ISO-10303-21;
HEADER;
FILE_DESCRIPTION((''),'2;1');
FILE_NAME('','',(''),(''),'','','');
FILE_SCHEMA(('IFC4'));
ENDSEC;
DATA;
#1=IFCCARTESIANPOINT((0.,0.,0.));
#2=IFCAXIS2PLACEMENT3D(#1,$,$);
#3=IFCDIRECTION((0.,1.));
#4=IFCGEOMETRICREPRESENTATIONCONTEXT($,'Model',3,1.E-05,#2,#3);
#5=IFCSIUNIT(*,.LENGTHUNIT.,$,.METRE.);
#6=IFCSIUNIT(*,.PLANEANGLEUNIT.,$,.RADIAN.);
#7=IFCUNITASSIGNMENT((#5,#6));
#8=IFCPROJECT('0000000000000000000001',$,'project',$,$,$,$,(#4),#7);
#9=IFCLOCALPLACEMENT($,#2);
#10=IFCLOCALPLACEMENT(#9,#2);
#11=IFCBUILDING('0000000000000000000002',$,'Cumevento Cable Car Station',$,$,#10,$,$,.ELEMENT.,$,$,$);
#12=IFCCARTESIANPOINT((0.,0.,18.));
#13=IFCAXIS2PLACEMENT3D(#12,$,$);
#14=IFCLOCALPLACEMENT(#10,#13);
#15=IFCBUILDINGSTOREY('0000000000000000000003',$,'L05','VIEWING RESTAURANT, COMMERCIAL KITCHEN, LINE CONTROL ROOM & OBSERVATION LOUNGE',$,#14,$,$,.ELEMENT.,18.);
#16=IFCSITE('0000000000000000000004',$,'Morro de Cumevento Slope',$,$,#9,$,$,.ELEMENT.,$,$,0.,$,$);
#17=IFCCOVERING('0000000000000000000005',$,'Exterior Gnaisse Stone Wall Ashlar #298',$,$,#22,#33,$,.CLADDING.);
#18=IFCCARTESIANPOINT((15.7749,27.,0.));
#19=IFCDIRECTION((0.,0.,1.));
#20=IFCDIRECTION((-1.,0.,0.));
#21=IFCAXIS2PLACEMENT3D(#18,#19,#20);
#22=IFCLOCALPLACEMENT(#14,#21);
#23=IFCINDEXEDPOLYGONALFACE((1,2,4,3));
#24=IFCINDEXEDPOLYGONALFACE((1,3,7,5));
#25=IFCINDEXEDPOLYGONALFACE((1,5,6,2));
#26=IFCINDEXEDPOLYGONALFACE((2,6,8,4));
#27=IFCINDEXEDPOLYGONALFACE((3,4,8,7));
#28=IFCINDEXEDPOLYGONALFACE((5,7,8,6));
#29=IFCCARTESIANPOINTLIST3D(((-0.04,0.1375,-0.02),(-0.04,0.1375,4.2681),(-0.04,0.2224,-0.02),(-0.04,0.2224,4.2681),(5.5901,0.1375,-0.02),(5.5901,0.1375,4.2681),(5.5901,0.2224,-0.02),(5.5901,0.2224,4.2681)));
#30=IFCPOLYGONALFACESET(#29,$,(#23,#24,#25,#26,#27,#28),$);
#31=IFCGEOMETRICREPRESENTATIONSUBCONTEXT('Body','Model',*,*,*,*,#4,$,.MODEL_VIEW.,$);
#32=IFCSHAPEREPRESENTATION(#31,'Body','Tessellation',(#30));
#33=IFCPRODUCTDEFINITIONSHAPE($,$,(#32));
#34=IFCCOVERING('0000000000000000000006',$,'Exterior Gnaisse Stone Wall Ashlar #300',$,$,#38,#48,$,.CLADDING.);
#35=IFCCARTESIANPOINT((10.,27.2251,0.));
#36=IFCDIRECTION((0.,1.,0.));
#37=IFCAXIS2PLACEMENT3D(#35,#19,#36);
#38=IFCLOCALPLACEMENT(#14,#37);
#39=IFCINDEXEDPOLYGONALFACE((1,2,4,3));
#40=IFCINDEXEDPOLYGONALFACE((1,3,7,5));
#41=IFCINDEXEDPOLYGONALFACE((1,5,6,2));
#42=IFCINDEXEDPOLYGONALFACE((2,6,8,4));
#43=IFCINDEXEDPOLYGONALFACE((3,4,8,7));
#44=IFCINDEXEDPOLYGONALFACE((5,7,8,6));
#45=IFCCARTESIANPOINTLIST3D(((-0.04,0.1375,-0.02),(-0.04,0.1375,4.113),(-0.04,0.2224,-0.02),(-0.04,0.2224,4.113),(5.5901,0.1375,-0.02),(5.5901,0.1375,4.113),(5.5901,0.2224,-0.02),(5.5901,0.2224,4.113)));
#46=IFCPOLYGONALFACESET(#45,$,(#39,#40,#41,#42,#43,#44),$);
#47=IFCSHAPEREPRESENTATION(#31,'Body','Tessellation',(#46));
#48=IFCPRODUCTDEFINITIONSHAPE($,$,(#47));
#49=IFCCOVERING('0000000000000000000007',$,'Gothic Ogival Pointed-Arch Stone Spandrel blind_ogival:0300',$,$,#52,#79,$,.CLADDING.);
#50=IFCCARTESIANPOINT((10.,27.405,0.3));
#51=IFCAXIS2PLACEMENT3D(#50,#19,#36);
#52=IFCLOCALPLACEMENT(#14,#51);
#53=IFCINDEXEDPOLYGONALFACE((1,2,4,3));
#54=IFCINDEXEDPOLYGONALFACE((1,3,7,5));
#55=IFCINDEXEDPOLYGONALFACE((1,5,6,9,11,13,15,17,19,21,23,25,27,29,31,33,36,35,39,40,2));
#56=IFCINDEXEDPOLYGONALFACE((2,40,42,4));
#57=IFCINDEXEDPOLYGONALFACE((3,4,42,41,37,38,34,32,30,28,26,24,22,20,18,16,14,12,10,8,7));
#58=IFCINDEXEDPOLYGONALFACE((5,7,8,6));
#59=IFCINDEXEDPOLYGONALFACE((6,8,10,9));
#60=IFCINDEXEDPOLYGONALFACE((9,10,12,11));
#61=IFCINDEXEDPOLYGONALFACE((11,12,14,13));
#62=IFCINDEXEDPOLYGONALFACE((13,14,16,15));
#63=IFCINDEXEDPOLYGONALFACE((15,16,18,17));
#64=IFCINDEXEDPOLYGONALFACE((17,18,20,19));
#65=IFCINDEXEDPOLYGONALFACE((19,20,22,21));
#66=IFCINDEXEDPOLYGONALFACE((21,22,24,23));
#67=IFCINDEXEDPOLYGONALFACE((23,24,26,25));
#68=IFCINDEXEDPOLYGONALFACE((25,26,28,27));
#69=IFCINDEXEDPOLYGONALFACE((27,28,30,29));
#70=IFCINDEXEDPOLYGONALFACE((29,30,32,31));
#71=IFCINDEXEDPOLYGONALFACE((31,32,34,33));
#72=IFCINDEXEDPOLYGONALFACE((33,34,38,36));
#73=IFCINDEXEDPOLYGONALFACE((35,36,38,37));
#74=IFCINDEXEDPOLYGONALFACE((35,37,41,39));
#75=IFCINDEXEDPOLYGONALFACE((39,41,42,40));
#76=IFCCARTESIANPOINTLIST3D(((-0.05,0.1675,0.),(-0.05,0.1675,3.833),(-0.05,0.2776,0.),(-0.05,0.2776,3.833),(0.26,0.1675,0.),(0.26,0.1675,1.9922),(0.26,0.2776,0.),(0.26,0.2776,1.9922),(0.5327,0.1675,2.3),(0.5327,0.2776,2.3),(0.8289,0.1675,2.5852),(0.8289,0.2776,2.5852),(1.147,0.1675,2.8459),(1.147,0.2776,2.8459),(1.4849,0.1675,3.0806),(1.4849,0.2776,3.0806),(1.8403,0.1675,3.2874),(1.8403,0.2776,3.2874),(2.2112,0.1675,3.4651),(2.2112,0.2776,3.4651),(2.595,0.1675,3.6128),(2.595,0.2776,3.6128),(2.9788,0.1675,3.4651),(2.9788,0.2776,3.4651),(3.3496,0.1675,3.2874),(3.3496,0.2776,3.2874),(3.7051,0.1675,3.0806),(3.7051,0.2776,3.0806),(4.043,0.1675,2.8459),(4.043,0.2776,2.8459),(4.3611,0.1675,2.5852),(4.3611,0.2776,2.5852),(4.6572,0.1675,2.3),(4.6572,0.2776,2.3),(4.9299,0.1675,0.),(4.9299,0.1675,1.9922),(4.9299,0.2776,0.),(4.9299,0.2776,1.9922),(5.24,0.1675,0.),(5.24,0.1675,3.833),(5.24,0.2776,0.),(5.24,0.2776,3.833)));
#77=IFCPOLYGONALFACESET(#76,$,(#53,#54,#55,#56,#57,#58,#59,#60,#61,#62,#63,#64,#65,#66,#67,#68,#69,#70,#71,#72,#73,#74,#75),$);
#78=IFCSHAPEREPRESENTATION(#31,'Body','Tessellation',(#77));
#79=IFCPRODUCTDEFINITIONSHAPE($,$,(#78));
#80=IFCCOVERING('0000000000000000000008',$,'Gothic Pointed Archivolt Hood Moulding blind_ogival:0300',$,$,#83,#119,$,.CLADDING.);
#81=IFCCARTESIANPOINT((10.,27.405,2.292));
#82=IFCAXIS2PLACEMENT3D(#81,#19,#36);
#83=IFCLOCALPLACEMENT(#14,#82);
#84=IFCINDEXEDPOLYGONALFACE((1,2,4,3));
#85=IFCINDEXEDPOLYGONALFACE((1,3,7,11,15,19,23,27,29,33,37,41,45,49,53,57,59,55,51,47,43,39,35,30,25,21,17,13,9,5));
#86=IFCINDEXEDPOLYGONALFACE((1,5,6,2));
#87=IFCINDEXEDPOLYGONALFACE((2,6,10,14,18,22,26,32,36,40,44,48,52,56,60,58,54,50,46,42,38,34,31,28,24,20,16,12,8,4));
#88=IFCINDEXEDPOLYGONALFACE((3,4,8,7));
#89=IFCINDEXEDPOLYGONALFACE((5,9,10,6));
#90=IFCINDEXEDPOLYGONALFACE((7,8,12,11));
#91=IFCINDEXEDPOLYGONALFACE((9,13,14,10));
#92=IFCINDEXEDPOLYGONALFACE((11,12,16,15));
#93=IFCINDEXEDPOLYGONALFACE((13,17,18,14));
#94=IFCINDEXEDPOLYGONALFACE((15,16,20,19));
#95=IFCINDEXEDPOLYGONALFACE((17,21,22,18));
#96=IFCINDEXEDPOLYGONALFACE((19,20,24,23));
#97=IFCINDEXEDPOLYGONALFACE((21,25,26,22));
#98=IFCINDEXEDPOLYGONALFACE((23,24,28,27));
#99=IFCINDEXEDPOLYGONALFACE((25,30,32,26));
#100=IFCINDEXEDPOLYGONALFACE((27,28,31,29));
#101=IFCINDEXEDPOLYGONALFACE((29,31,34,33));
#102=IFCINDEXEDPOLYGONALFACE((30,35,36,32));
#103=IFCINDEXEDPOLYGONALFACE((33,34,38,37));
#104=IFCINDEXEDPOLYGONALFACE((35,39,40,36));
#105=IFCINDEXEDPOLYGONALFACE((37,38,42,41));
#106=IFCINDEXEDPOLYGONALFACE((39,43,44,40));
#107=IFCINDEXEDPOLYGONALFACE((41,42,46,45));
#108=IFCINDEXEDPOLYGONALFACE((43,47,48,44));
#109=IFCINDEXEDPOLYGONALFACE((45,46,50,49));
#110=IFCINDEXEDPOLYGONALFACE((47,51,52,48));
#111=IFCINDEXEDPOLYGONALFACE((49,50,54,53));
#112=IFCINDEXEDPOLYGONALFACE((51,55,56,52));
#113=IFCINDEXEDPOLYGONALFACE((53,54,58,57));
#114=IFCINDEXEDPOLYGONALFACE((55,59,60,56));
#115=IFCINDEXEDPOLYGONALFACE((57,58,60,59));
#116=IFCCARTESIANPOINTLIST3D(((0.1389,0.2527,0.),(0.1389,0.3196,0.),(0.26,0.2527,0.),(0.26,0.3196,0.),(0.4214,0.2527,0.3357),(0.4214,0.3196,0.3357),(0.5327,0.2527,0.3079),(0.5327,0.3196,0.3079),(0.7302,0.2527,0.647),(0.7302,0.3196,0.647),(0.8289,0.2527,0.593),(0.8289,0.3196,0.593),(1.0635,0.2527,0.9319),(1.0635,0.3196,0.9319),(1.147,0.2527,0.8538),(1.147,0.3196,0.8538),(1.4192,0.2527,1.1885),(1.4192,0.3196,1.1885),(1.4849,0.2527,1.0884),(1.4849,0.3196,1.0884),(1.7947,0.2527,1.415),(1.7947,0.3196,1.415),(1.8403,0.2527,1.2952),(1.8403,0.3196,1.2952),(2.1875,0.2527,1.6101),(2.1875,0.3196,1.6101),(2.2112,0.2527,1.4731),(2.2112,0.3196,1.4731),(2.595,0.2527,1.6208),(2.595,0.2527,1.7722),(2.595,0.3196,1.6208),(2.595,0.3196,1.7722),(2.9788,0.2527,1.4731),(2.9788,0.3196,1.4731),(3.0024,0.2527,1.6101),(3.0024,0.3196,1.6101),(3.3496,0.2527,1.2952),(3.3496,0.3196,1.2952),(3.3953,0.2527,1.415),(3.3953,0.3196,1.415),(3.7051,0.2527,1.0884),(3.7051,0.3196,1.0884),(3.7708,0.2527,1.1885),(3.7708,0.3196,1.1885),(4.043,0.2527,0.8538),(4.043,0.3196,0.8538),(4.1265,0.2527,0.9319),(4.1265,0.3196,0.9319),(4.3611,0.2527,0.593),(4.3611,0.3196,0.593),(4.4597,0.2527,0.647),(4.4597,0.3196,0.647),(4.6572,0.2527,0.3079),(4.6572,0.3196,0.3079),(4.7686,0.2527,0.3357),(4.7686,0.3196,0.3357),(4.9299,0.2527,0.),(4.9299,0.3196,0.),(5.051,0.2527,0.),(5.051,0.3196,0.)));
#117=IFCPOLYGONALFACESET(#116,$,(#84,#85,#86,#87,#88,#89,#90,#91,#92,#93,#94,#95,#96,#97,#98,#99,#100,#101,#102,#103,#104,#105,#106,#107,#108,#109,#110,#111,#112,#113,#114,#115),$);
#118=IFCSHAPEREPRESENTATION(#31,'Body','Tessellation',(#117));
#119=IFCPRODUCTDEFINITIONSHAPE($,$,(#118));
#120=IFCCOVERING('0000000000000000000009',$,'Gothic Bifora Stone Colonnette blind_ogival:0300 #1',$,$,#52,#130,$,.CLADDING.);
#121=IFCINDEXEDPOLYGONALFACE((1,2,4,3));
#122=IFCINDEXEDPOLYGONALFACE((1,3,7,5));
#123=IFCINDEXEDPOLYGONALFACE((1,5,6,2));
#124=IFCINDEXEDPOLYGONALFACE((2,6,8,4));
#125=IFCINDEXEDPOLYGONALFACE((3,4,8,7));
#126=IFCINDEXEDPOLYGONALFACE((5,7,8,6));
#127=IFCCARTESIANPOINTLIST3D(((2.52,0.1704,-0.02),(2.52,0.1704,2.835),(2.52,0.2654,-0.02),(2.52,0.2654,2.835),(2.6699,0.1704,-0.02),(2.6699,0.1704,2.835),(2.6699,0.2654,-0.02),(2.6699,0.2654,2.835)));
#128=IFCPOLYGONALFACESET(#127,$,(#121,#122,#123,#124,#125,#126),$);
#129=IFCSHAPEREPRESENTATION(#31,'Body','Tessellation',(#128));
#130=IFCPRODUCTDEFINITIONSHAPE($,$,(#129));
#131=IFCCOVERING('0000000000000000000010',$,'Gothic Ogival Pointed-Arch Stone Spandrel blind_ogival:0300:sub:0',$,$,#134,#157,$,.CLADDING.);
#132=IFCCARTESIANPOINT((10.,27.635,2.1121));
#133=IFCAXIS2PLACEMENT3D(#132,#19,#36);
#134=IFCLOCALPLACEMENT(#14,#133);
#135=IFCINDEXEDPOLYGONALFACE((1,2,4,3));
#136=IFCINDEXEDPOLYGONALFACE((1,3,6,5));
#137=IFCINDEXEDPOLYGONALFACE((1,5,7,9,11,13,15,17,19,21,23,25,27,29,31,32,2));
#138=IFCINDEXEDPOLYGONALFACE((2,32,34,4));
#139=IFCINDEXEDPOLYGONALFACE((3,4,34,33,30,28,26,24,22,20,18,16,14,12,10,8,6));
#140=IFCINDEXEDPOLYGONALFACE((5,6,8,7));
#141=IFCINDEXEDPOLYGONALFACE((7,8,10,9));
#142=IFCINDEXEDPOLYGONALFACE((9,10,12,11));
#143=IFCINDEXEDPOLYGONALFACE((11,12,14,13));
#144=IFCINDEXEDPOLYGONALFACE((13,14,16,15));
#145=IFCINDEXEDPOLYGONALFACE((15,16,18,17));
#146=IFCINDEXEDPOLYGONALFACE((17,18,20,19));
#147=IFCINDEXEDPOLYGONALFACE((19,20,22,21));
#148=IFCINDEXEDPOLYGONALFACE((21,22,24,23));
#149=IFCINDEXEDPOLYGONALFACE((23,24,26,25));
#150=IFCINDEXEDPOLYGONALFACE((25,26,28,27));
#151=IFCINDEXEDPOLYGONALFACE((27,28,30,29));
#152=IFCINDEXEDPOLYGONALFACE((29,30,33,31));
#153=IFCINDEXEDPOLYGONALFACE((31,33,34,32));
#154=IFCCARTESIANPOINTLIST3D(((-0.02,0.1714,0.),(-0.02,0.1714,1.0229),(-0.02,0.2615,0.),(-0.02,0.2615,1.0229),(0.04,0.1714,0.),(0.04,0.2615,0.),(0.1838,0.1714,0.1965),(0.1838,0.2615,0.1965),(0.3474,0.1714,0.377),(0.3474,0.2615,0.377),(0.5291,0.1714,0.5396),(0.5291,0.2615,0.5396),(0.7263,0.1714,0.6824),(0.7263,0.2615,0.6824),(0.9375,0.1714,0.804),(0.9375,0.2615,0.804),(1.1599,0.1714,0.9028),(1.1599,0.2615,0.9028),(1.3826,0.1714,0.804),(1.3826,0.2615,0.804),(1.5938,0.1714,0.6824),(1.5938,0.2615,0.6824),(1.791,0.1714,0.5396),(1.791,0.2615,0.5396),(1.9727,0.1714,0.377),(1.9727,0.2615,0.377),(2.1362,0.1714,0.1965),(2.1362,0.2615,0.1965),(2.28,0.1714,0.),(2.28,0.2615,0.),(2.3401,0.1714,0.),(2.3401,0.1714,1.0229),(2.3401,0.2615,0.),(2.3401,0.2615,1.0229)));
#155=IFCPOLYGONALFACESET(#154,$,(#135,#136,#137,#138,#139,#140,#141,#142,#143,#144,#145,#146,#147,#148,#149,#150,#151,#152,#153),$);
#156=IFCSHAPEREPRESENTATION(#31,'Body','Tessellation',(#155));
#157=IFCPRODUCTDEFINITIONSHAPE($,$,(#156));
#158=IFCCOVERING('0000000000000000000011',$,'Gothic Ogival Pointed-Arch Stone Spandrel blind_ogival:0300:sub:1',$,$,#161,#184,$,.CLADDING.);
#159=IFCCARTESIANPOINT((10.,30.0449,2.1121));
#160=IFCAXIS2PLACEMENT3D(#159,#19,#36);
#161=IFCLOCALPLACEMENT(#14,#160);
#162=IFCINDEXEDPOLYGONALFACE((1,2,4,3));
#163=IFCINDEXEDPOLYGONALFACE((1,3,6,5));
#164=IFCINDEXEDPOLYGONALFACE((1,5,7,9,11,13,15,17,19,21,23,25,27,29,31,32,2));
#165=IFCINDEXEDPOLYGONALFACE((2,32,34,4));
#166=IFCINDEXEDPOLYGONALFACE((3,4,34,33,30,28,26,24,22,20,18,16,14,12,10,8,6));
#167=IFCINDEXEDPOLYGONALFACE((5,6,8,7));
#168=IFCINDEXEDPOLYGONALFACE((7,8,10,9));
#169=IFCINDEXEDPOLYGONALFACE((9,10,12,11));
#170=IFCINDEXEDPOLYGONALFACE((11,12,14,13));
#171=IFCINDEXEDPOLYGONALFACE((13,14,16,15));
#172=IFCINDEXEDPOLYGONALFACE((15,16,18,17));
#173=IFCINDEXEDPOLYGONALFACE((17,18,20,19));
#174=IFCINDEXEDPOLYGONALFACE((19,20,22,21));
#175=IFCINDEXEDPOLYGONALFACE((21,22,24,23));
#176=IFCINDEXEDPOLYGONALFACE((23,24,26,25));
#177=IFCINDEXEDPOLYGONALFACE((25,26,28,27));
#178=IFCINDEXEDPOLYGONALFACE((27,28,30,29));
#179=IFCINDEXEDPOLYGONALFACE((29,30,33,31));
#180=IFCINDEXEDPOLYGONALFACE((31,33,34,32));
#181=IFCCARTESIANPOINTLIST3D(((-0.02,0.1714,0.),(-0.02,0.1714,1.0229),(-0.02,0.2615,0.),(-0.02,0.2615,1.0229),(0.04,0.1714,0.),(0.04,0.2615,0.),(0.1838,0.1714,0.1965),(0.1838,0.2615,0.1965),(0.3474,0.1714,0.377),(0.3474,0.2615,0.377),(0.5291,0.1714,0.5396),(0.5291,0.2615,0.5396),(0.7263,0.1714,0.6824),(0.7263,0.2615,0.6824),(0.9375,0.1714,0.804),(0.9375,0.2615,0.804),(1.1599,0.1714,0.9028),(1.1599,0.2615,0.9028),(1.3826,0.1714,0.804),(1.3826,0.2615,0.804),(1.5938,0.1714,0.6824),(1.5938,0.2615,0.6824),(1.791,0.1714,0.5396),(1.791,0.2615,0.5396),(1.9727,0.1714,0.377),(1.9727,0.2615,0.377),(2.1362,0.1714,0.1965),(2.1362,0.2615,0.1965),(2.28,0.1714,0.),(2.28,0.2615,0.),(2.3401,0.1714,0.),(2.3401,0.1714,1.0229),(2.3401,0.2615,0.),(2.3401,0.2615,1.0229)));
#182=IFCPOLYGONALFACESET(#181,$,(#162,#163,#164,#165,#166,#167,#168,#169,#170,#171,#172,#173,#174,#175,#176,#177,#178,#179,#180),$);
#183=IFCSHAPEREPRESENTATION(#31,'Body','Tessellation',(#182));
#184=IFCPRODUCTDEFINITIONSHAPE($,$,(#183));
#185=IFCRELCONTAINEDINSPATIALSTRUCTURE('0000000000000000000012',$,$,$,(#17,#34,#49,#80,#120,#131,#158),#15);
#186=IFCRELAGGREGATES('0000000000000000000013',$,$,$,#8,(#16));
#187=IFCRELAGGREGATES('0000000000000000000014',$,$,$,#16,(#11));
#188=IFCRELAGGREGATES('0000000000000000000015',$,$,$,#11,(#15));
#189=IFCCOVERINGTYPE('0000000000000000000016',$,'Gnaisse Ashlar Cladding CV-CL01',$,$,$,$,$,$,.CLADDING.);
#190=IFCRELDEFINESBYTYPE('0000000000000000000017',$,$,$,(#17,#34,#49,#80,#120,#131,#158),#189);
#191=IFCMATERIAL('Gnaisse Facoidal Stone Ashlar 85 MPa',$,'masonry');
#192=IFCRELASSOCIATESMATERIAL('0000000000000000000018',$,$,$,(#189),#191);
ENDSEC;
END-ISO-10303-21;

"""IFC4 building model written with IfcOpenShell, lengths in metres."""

from ifc_helpers import new_model, si_unit, direction, frame, origin, place, context, subcontext, project, spatial, polyline, outline, extrude, material, type_object, element, save


model = new_model("IFC4")

# Units and contexts
model_context = context("Model", 3, precision=1e-05, world=origin(), true_north=direction((0.0, 1.0)))
body_context = subcontext(model_context, "Body", "Model", "MODEL_VIEW")
ifc_project = project(units=[si_unit("LENGTHUNIT", "METRE"), si_unit("PLANEANGLEUNIT", "RADIAN")], contexts=[model_context])

# Site, building, storey
site_placement = place(None, origin())
site = spatial("IfcSite", under=ifc_project, at=site_placement, Name="Morro de Cumevento Slope", CompositionType="ELEMENT", RefElevation=0.0)
building_placement = place(site_placement, origin())
building = spatial("IfcBuilding", under=site, at=building_placement, Name="Cumevento Cable Car Station", CompositionType="ELEMENT")
storey_placement = place(building_placement, frame((0.0, 0.0, 18.0)))
storey = spatial("IfcBuildingStorey", under=building, at=storey_placement, Name="L05", Description="VIEWING RESTAURANT, COMMERCIAL KITCHEN, LINE CONTROL ROOM & OBSERVATION LOUNGE", CompositionType="ELEMENT", Elevation=18.0)

# Coverings
ifc_material_1 = material(Name="Gnaisse Facoidal Stone Ashlar 85 MPa", Category="masonry")
covering_type = type_object("IfcCoveringType", Name="Gnaisse Ashlar Cladding CV-CL01", PredefinedType="CLADDING", material=ifc_material_1)
covering_1_placement = place(storey_placement, frame((15.7749, 27.0, 0.0), z_axis=(0.0, 0.0, 1.0), x_axis=(-1.0, 0.0, 0.0)))
element("IfcCovering", 1, at=covering_1_placement, inside=storey, type_object=covering_type, Name="Exterior Gnaisse Stone Wall Ashlar #298", PredefinedType="CLADDING", context=body_context, shape_type="SweptSolid", body=[
    extrude(outline(polyline([(-0.04, -0.02), (5.5901, -0.02), (5.5901, 4.2681), (-0.04, 4.2681), (-0.04, -0.02)])), frame((0.0, 0.2224, 0.0), z_axis=(0.0, -1.0, 0.0), x_axis=(1.0, 0.0, 0.0)), (0.0, 0.0, 1.0), 0.085),
])
covering_2_placement = place(storey_placement, frame((10.0, 27.2251, 0.0), z_axis=(0.0, 0.0, 1.0), x_axis=(0.0, 1.0, 0.0)))
element("IfcCovering", 2, at=covering_2_placement, inside=storey, type_object=covering_type, Name="Exterior Gnaisse Stone Wall Ashlar #300", PredefinedType="CLADDING", context=body_context, shape_type="SweptSolid", body=[
    extrude(outline(polyline([(-0.04, -0.02), (5.5901, -0.02), (5.5901, 4.113), (-0.04, 4.113), (-0.04, -0.02)])), frame((0.0, 0.2224, 0.0), z_axis=(0.0, -1.0, 0.0), x_axis=(1.0, 0.0, 0.0)), (0.0, 0.0, 1.0), 0.085),
])
placement = place(storey_placement, frame((10.0, 27.405, 0.3), z_axis=(0.0, 0.0, 1.0), x_axis=(0.0, 1.0, 0.0)))
element("IfcCovering", 3, at=placement, inside=storey, type_object=covering_type, Name="Gothic Ogival Pointed-Arch Stone Spandrel blind_ogival:0300", PredefinedType="CLADDING", context=body_context, shape_type="SweptSolid", body=[
    extrude(outline(polyline([(-0.05, 0.0), (-0.05, 3.833), (5.24, 3.833), (5.24, 0.0), (4.9299, 0.0), (4.9299, 1.9922), (4.6572, 2.3), (4.3611, 2.5852), (4.043, 2.8459), (3.7051, 3.0806), (3.3496, 3.2874), (2.9788, 3.4651), (2.595, 3.6128), (2.2112, 3.4651), (1.8403, 3.2874), (1.4849, 3.0806), (1.147, 2.8459), (0.8289, 2.5852), (0.5327, 2.3), (0.26, 1.9922), (0.26, 0.0), (-0.05, 0.0)])), frame((0.0, 0.2776, 0.0), z_axis=(0.0, -1.0, 0.0), x_axis=(1.0, 0.0, 0.0)), (0.0, 0.0, 1.0), 0.1101),
])
covering_3_placement = place(storey_placement, frame((10.0, 27.405, 2.292), z_axis=(0.0, 0.0, 1.0), x_axis=(0.0, 1.0, 0.0)))
element("IfcCovering", 4, at=covering_3_placement, inside=storey, type_object=covering_type, Name="Gothic Pointed Archivolt Hood Moulding blind_ogival:0300", PredefinedType="CLADDING", context=body_context, shape_type="SweptSolid", body=[
    extrude(outline(polyline([(0.26, 0.0), (0.5327, 0.3079), (0.8289, 0.593), (1.147, 0.8538), (1.4849, 1.0884), (1.8403, 1.2952), (2.2112, 1.4731), (2.595, 1.6208), (2.9788, 1.4731), (3.3496, 1.2952), (3.7051, 1.0884), (4.043, 0.8538), (4.3611, 0.593), (4.6572, 0.3079), (4.9299, 0.0), (5.051, 0.0), (4.7686, 0.3357), (4.4597, 0.647), (4.1265, 0.9319), (3.7708, 1.1885), (3.3953, 1.415), (3.0024, 1.6101), (2.595, 1.7722), (2.1875, 1.6101), (1.7947, 1.415), (1.4192, 1.1885), (1.0635, 0.9319), (0.7302, 0.647), (0.4214, 0.3357), (0.1389, 0.0), (0.26, 0.0)])), frame((0.0, 0.3196, 0.0), z_axis=(0.0, -1.0, 0.0), x_axis=(1.0, 0.0, 0.0)), (0.0, 0.0, 1.0), 0.0669),
])
element("IfcCovering", 5, at=placement, inside=storey, type_object=covering_type, Name="Gothic Bifora Stone Colonnette blind_ogival:0300 #1", PredefinedType="CLADDING", context=body_context, shape_type="SweptSolid", body=[
    extrude(outline(polyline([(2.52, -0.02), (2.6699, -0.02), (2.6699, 2.835), (2.52, 2.835), (2.52, -0.02)])), frame((0.0, 0.2654, 0.0), z_axis=(0.0, -1.0, 0.0), x_axis=(1.0, 0.0, 0.0)), (0.0, 0.0, 1.0), 0.095),
])
for number, where, z_axis, x_axis, name in (
    (6, (10.0, 27.635, 2.1121), (0.0, 0.0, 1.0), (0.0, 1.0, 0.0), "Gothic Ogival Pointed-Arch Stone Spandrel blind_ogival:0300:sub:0"),
    (7, (10.0, 30.0449, 2.1121), (0.0, 0.0, 1.0), (0.0, 1.0, 0.0), "Gothic Ogival Pointed-Arch Stone Spandrel blind_ogival:0300:sub:1"),
):
    element("IfcCovering", number, at=place(storey_placement, frame(where, z_axis=z_axis, x_axis=x_axis)), inside=storey, type_object=covering_type, Name=name, PredefinedType="CLADDING", context=body_context, shape_type="SweptSolid", body=[
        extrude(outline(polyline([(-0.02, 0.0), (-0.02, 1.0229), (2.3401, 1.0229), (2.3401, 0.0), (2.28, 0.0), (2.1362, 0.1965), (1.9727, 0.377), (1.791, 0.5396), (1.5938, 0.6824), (1.3826, 0.804), (1.1599, 0.9028), (0.9375, 0.804), (0.7263, 0.6824), (0.5291, 0.5396), (0.3474, 0.377), (0.1838, 0.1965), (0.04, 0.0), (-0.02, 0.0)])), frame((0.0, 0.2615, 0.0), z_axis=(0.0, -1.0, 0.0), x_axis=(1.0, 0.0, 0.0)), (0.0, 0.0, 1.0), 0.0901),
    ])

save(model, "model.ifc")
